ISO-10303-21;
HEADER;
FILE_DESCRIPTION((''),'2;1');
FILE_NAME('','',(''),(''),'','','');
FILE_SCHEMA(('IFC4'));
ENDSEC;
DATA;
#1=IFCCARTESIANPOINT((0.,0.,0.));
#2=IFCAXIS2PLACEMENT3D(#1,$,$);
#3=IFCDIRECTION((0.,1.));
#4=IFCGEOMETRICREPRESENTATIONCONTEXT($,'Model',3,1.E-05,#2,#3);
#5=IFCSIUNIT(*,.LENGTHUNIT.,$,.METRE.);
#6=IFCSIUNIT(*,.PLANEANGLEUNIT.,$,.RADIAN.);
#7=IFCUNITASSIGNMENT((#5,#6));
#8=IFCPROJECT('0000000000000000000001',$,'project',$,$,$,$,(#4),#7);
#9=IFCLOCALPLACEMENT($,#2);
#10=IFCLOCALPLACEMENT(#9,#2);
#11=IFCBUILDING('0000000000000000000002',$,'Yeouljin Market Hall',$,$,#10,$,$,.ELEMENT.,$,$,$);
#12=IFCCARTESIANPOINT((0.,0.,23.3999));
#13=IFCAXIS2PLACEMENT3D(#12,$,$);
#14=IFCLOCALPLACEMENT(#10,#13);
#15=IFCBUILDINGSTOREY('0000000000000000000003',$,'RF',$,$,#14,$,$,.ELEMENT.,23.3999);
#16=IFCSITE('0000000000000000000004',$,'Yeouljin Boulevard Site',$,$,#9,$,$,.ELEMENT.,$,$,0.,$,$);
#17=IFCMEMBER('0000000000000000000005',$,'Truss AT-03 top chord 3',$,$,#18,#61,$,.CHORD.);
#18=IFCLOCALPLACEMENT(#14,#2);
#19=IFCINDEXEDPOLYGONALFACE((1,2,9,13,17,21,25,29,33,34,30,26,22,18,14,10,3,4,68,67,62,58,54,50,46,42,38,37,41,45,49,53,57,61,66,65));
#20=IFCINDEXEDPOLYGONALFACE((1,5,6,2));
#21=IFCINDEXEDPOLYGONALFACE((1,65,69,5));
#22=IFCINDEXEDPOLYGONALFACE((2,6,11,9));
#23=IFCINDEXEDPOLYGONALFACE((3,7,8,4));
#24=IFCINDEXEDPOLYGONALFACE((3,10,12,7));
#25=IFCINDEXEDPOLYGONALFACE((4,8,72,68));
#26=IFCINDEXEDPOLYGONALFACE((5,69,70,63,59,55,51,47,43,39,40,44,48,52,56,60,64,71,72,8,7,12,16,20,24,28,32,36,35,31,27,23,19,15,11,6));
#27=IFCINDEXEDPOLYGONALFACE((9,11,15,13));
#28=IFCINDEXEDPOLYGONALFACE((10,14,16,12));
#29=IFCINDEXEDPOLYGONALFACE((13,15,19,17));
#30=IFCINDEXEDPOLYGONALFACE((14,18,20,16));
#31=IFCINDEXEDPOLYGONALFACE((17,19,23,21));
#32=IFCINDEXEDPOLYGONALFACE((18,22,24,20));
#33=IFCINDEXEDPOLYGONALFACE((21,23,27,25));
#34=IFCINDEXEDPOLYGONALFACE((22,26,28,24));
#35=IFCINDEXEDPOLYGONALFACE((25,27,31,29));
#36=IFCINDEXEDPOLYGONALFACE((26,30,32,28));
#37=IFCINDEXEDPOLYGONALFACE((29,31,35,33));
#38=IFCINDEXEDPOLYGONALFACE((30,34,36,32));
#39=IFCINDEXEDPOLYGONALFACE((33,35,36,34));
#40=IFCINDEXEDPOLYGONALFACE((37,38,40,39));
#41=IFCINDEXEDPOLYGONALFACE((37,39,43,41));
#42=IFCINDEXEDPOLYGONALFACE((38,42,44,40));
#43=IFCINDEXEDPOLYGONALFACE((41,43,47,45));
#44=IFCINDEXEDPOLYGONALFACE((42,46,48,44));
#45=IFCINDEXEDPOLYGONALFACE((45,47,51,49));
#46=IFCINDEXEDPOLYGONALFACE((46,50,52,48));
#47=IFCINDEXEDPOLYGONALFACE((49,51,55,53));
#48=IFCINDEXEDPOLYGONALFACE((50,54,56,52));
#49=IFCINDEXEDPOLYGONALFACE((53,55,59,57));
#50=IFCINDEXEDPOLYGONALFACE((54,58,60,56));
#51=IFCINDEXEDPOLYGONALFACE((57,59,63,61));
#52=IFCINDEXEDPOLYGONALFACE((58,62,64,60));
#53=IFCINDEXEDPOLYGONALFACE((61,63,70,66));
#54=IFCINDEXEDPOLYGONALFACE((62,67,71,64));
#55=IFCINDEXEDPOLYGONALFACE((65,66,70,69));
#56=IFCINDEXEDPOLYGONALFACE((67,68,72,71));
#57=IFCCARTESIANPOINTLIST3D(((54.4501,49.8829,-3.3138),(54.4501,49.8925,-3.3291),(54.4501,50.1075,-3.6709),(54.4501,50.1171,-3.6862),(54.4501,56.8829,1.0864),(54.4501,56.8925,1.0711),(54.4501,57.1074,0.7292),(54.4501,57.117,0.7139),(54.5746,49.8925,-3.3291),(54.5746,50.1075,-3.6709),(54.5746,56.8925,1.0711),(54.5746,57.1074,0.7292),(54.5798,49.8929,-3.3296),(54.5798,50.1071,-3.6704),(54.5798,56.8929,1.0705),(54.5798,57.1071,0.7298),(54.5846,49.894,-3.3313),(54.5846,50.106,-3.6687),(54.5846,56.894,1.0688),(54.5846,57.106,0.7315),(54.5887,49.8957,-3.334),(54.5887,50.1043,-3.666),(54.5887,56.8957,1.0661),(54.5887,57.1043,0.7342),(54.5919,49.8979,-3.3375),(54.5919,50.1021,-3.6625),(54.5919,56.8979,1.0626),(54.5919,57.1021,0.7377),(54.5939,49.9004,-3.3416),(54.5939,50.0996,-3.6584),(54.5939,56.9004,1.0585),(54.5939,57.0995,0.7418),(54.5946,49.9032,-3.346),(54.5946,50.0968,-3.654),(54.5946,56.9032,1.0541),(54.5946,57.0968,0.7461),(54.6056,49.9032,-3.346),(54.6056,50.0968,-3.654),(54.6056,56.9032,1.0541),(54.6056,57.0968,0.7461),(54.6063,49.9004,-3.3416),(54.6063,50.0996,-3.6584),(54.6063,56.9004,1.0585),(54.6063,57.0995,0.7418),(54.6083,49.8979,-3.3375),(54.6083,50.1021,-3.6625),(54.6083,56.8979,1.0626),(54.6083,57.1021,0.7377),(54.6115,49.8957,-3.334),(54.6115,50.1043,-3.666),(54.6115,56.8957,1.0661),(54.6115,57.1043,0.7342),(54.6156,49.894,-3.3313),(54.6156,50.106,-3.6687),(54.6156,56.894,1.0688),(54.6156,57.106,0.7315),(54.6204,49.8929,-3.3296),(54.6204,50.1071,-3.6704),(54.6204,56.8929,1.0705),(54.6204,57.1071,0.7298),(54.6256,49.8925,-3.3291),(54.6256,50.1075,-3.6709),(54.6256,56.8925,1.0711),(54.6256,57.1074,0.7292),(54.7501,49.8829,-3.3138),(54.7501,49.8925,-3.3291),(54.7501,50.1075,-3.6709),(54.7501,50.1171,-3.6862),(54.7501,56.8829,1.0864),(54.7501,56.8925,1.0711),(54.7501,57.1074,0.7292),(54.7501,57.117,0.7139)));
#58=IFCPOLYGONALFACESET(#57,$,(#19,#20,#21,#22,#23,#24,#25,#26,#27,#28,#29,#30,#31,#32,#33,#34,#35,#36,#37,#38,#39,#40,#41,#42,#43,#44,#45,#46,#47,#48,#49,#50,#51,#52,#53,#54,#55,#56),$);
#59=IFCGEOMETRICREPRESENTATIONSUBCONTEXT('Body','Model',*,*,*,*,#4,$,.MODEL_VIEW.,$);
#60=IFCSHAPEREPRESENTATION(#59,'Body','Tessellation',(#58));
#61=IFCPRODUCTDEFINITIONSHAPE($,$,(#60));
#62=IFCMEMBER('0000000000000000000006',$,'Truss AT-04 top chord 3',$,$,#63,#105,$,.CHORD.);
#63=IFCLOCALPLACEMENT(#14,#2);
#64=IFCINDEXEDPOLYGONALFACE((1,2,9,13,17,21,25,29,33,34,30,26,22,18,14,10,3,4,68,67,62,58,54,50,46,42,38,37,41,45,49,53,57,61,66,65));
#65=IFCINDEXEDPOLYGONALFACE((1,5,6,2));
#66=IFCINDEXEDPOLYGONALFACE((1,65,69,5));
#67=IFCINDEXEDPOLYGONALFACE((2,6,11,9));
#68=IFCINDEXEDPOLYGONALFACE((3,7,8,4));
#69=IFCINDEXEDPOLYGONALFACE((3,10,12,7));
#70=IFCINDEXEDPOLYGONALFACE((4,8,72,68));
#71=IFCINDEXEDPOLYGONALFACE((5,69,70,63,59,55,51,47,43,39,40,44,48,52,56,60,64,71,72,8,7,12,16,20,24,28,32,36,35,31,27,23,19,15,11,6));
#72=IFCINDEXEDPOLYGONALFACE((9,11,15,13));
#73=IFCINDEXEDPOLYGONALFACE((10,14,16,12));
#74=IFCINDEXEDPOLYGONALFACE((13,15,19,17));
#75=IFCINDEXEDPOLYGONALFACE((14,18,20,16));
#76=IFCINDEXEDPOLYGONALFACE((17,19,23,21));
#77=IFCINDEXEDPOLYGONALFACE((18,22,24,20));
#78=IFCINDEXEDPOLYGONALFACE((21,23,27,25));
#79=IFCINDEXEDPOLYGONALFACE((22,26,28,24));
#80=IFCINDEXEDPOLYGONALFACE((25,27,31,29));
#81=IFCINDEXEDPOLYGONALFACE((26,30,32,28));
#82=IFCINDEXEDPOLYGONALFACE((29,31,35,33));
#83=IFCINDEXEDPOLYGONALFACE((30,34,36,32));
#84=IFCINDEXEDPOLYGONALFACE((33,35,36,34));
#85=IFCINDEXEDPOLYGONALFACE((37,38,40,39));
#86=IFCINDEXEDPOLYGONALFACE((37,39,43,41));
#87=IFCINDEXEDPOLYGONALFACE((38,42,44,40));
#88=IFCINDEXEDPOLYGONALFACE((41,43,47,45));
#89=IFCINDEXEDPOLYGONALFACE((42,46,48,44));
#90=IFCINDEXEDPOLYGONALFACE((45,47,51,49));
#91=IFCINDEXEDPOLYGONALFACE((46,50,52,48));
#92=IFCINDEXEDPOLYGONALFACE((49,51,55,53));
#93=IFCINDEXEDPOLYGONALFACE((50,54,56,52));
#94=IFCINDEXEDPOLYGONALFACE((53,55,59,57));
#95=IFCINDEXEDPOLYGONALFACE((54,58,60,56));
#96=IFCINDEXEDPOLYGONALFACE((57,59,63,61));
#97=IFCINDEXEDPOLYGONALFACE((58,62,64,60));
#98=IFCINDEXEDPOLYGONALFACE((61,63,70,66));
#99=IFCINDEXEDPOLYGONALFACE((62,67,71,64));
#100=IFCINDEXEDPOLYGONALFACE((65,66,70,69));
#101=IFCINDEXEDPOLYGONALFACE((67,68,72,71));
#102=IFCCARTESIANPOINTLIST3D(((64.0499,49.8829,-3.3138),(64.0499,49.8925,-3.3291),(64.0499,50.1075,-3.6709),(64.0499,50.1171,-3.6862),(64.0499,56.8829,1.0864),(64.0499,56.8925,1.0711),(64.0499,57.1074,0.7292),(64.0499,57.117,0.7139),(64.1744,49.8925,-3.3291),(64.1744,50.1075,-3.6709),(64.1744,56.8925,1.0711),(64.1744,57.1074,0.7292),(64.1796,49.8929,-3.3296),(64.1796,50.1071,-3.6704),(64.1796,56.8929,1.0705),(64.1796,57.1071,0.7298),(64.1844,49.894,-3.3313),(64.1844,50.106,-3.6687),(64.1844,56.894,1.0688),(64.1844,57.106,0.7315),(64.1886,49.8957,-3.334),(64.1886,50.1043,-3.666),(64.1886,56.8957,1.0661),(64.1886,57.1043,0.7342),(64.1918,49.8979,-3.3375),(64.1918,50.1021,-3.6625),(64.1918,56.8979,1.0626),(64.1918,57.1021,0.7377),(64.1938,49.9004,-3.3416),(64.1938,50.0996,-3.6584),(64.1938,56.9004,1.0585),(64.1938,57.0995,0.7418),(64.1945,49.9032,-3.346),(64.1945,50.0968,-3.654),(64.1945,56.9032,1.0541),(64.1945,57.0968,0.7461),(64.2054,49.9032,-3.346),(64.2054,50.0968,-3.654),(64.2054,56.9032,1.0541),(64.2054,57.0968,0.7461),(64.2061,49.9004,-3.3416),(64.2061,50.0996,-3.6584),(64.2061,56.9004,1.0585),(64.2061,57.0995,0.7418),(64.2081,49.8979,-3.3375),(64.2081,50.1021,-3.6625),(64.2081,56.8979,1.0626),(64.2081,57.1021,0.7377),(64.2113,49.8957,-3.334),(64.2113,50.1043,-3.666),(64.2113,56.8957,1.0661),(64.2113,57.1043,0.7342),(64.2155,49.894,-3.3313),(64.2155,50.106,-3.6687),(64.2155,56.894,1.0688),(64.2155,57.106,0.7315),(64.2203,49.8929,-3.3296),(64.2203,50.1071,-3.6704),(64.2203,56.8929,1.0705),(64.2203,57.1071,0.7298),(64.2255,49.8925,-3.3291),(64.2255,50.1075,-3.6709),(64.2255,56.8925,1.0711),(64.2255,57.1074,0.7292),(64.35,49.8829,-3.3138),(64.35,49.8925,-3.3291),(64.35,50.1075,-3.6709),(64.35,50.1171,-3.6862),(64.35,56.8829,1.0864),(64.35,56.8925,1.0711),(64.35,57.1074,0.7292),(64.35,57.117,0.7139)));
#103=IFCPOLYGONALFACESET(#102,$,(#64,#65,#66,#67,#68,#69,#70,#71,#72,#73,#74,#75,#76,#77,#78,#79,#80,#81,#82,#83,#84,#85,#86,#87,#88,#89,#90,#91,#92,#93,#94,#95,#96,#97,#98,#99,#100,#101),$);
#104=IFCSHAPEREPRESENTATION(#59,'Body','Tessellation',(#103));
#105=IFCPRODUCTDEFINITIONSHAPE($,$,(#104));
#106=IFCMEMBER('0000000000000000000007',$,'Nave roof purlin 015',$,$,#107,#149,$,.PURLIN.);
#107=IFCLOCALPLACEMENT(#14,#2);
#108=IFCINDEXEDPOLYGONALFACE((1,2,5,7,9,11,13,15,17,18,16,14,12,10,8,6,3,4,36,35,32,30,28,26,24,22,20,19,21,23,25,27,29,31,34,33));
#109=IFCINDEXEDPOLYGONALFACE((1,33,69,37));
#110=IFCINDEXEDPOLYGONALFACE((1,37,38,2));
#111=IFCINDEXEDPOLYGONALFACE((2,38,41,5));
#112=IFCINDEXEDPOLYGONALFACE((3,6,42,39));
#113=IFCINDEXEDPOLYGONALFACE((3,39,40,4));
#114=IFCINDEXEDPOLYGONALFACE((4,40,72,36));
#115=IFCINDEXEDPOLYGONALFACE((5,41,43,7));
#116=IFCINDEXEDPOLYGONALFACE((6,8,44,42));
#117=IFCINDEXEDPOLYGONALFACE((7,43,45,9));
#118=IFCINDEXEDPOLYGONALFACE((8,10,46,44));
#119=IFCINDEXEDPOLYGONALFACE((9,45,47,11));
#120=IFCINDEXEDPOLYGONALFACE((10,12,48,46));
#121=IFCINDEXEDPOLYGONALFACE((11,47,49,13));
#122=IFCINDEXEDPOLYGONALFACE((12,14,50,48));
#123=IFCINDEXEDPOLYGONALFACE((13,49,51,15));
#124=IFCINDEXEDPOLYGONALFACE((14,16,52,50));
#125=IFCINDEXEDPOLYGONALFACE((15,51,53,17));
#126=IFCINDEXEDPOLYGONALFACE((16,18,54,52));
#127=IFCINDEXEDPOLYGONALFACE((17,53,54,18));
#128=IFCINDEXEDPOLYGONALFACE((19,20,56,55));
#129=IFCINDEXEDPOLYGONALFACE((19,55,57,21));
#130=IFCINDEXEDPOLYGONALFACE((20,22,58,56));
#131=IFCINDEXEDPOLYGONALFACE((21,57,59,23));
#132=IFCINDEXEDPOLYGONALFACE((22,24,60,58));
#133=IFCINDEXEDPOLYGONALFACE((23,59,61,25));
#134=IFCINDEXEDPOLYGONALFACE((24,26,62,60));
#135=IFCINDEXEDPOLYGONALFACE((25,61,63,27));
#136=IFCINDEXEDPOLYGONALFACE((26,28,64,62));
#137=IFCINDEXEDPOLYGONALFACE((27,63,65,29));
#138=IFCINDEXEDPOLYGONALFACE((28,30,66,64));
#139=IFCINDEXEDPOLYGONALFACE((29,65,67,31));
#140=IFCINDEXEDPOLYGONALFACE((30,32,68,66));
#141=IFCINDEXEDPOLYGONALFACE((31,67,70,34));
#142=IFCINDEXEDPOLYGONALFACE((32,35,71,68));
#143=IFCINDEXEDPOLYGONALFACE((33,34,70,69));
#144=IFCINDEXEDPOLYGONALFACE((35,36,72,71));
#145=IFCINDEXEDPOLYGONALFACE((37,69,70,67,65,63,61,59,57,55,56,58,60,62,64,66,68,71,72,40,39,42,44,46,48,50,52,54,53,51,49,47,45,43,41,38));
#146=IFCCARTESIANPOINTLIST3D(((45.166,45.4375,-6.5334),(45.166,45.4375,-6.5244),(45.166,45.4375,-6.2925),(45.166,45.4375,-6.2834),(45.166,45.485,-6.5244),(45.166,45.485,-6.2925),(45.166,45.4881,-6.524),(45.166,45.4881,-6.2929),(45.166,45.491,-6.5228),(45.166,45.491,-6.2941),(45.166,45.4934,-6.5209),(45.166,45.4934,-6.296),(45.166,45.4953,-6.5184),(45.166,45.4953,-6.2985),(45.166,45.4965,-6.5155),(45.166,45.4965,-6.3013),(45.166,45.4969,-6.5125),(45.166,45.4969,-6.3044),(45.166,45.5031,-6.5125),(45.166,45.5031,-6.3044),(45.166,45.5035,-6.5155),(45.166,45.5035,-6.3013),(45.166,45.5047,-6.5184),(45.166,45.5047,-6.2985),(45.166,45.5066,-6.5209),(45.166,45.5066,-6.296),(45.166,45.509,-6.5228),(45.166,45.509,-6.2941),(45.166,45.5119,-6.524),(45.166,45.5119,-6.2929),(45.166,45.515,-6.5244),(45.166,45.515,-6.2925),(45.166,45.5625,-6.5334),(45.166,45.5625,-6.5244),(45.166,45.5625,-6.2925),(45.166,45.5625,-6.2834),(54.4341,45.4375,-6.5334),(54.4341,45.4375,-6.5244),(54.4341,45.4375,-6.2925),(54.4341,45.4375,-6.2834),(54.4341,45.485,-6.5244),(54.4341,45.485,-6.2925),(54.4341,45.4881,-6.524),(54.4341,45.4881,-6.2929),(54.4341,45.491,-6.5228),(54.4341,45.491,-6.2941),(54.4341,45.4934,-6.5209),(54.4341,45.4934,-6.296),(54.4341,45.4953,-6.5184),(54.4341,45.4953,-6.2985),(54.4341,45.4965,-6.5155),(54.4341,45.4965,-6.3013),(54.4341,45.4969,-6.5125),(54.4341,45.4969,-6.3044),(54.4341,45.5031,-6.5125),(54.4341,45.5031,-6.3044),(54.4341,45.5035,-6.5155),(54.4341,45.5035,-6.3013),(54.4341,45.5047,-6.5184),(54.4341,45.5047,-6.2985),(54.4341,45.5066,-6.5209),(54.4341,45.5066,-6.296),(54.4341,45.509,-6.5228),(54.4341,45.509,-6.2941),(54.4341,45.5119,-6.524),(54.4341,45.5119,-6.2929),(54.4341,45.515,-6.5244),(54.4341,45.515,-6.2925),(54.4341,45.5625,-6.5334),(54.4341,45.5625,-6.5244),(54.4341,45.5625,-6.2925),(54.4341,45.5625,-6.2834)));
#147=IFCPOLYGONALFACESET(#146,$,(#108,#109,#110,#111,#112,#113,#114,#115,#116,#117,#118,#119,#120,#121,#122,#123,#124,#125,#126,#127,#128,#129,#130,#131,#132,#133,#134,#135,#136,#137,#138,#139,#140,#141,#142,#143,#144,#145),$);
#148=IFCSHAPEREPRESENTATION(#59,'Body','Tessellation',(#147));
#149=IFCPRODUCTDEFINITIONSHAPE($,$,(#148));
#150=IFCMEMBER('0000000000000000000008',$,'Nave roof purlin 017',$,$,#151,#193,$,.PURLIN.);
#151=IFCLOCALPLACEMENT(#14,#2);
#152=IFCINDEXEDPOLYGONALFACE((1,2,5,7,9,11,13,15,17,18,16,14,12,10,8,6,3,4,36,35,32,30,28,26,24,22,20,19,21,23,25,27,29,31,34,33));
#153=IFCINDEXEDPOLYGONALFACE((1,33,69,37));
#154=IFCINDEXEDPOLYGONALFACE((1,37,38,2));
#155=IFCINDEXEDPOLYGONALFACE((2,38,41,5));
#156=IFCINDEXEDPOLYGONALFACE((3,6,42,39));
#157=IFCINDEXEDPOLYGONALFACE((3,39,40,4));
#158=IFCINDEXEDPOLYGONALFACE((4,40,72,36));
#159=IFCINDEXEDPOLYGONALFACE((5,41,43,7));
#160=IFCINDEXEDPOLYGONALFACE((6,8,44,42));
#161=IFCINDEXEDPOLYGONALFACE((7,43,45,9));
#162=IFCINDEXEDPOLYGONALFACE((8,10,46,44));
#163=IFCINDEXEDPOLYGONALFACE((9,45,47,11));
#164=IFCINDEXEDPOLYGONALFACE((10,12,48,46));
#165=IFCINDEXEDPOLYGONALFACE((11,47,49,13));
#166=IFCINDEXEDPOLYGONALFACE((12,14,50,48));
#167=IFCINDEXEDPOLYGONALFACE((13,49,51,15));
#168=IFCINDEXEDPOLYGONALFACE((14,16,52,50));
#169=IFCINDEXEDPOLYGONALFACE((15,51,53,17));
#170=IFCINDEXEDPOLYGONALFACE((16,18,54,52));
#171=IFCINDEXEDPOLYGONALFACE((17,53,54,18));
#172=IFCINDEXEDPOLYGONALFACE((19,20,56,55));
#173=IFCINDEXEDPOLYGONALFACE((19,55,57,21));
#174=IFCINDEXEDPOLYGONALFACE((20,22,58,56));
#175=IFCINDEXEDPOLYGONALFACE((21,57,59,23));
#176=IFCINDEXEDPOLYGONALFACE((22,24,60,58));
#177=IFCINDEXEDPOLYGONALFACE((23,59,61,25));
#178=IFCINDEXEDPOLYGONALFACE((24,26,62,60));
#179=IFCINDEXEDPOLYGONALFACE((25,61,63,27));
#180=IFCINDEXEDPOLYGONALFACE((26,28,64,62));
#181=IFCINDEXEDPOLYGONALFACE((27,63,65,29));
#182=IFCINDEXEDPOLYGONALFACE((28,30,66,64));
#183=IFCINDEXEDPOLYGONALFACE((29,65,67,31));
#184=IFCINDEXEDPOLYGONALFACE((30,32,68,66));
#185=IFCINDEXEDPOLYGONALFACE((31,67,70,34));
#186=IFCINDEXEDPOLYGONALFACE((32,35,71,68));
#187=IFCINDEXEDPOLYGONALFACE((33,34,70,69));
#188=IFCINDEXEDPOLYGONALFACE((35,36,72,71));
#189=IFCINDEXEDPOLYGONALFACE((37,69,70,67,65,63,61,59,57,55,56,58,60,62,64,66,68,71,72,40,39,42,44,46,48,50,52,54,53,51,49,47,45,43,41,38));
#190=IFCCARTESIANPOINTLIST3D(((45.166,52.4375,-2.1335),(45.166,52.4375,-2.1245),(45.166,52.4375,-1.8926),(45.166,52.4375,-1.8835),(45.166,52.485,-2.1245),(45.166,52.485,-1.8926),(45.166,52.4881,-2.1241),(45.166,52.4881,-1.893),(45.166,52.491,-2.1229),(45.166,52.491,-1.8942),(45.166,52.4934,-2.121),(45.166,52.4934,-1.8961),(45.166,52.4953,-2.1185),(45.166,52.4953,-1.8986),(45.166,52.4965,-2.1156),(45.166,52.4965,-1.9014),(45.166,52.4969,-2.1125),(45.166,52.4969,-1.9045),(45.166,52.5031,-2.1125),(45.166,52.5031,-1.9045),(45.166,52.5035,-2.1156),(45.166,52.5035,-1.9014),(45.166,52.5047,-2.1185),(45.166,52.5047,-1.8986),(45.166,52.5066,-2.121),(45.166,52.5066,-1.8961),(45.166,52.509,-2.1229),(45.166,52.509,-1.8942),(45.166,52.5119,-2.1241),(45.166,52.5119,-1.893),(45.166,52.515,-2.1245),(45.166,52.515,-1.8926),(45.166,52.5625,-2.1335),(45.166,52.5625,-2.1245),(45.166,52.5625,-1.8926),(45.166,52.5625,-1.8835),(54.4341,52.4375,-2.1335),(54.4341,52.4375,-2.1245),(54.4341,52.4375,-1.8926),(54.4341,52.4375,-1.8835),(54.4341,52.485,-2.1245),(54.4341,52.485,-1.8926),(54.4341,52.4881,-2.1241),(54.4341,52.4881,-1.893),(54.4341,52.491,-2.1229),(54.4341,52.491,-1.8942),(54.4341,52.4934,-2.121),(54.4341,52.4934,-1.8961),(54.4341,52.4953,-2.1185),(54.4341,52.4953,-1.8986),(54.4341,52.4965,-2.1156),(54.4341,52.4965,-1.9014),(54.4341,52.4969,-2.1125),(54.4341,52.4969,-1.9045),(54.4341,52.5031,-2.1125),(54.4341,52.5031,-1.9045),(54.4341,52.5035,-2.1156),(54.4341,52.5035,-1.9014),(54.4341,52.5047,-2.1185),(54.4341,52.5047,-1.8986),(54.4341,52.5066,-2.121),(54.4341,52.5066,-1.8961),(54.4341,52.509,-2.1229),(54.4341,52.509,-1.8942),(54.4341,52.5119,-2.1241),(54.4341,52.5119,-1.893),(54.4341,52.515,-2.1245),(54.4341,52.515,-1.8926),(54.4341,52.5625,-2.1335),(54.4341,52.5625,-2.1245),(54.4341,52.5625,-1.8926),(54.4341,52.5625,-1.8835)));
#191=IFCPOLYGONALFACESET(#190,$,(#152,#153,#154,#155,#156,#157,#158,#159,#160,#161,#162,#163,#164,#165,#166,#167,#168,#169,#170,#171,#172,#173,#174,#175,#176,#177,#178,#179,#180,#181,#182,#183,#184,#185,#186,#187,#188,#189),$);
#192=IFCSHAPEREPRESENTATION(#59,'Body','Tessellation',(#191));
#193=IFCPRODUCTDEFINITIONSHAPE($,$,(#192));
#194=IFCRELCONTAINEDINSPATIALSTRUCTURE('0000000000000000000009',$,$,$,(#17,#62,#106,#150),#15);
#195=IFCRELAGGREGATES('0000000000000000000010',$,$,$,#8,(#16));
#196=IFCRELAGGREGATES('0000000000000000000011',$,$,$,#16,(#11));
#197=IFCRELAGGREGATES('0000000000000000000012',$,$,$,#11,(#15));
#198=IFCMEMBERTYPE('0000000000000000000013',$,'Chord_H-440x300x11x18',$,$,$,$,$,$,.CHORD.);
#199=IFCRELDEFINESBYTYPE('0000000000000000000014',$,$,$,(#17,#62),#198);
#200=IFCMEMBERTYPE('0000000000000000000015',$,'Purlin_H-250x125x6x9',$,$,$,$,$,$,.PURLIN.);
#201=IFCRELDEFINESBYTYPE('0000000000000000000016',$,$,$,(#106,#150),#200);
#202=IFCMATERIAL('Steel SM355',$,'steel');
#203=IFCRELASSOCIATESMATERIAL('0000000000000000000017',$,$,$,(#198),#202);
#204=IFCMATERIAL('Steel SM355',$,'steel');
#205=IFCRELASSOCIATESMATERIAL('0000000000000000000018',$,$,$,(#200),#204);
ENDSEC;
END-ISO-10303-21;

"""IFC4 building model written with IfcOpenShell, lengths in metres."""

from ifc_helpers import new_model, si_unit, direction, frame, origin, origin_2d, place, context, subcontext, project, spatial, i_section, extrude, material, material_profile, profile_set, type_object, element, save


model = new_model("IFC4")

# Units and contexts
model_context = context("Model", 3, precision=1e-05, world=origin(), true_north=direction((0.0, 1.0)))
body_context = subcontext(model_context, "Body", "Model", "MODEL_VIEW")
ifc_project = project(units=[si_unit("LENGTHUNIT", "METRE"), si_unit("PLANEANGLEUNIT", "RADIAN")], contexts=[model_context])

# Site, building, storey
site_placement = place(None, origin())
site = spatial("IfcSite", under=ifc_project, at=site_placement, Name="Yeouljin Boulevard Site", CompositionType="ELEMENT", RefElevation=0.0)
building_placement = place(site_placement, origin())
building = spatial("IfcBuilding", under=site, at=building_placement, Name="Yeouljin Market Hall", CompositionType="ELEMENT")
storey_placement = place(building_placement, frame((0.0, 0.0, 23.3999)))
storey = spatial("IfcBuildingStorey", under=building, at=storey_placement, Name="RF", CompositionType="ELEMENT", Elevation=23.3999)

# Members
ifc_material_1 = material(Name="Steel SM355", Category="steel")
ifc_material_profile_1 = material_profile(ifc_material_1, i_section(OverallWidth=0.3, OverallDepth=0.4399, WebThickness=0.011, FlangeThickness=0.0181, FilletRadius=0.02, at=origin_2d()), Name="H-440x300x11x18")
ifc_profile_set_1 = profile_set([ifc_material_profile_1], Name="Steel SM355")
member_type_1 = type_object("IfcMemberType", Name="Chord_H-440x300x11x18", PredefinedType="CHORD", material=ifc_profile_set_1)
for number, where, z_axis, x_axis, name in (
    (1, (54.6001, 50.0, -3.5), (0.0, 0.846629, 0.532184), (-1.0, 0.0, 0.0), "Truss AT-03 top chord 3"),
    (2, (64.2, 50.0, -3.5), (0.0, 0.846629, 0.532184), (-1.0, 0.0, 0.0), "Truss AT-04 top chord 3"),
):
    element("IfcMember", number, at=place(storey_placement, frame(where, z_axis=z_axis, x_axis=x_axis)), inside=storey, type_object=member_type_1, Name=name, PredefinedType="CHORD", context=body_context, shape_type="SweptSolid", body=[
        extrude(i_section(OverallWidth=0.3, OverallDepth=0.4399, WebThickness=0.011, FlangeThickness=0.0181, FilletRadius=0.02, at=origin_2d()), origin(), (0.0, 0.0, 1.0), 8.2681),
    ])
ifc_material_2 = material(Name="Steel SM355", Category="steel")
ifc_material_profile_2 = material_profile(ifc_material_2, i_section(OverallWidth=0.125, OverallDepth=0.25, WebThickness=0.0061, FlangeThickness=0.009, FilletRadius=0.012, at=origin_2d()), Name="H-250x125x6x9")
ifc_profile_set_2 = profile_set([ifc_material_profile_2], Name="Steel SM355")
member_type_2 = type_object("IfcMemberType", Name="Purlin_H-250x125x6x9", PredefinedType="PURLIN", material=ifc_profile_set_2)
for number, where, z_axis, x_axis, name in (
    (3, (45.166, 45.5, -6.4084), (1.0, 0.0, 0.0), (0.0, 1.0, 0.0), "Nave roof purlin 015"),
    (4, (45.166, 52.5, -2.0085), (1.0, 0.0, 0.0), (0.0, 1.0, 0.0), "Nave roof purlin 017"),
):
    element("IfcMember", number, at=place(storey_placement, frame(where, z_axis=z_axis, x_axis=x_axis)), inside=storey, type_object=member_type_2, Name=name, PredefinedType="PURLIN", context=body_context, shape_type="SweptSolid", body=[
        extrude(i_section(OverallWidth=0.125, OverallDepth=0.25, WebThickness=0.0061, FlangeThickness=0.009, FilletRadius=0.012, at=origin_2d()), origin(), (0.0, 0.0, 1.0), 9.2681),
    ])

save(model, "model.ifc")
